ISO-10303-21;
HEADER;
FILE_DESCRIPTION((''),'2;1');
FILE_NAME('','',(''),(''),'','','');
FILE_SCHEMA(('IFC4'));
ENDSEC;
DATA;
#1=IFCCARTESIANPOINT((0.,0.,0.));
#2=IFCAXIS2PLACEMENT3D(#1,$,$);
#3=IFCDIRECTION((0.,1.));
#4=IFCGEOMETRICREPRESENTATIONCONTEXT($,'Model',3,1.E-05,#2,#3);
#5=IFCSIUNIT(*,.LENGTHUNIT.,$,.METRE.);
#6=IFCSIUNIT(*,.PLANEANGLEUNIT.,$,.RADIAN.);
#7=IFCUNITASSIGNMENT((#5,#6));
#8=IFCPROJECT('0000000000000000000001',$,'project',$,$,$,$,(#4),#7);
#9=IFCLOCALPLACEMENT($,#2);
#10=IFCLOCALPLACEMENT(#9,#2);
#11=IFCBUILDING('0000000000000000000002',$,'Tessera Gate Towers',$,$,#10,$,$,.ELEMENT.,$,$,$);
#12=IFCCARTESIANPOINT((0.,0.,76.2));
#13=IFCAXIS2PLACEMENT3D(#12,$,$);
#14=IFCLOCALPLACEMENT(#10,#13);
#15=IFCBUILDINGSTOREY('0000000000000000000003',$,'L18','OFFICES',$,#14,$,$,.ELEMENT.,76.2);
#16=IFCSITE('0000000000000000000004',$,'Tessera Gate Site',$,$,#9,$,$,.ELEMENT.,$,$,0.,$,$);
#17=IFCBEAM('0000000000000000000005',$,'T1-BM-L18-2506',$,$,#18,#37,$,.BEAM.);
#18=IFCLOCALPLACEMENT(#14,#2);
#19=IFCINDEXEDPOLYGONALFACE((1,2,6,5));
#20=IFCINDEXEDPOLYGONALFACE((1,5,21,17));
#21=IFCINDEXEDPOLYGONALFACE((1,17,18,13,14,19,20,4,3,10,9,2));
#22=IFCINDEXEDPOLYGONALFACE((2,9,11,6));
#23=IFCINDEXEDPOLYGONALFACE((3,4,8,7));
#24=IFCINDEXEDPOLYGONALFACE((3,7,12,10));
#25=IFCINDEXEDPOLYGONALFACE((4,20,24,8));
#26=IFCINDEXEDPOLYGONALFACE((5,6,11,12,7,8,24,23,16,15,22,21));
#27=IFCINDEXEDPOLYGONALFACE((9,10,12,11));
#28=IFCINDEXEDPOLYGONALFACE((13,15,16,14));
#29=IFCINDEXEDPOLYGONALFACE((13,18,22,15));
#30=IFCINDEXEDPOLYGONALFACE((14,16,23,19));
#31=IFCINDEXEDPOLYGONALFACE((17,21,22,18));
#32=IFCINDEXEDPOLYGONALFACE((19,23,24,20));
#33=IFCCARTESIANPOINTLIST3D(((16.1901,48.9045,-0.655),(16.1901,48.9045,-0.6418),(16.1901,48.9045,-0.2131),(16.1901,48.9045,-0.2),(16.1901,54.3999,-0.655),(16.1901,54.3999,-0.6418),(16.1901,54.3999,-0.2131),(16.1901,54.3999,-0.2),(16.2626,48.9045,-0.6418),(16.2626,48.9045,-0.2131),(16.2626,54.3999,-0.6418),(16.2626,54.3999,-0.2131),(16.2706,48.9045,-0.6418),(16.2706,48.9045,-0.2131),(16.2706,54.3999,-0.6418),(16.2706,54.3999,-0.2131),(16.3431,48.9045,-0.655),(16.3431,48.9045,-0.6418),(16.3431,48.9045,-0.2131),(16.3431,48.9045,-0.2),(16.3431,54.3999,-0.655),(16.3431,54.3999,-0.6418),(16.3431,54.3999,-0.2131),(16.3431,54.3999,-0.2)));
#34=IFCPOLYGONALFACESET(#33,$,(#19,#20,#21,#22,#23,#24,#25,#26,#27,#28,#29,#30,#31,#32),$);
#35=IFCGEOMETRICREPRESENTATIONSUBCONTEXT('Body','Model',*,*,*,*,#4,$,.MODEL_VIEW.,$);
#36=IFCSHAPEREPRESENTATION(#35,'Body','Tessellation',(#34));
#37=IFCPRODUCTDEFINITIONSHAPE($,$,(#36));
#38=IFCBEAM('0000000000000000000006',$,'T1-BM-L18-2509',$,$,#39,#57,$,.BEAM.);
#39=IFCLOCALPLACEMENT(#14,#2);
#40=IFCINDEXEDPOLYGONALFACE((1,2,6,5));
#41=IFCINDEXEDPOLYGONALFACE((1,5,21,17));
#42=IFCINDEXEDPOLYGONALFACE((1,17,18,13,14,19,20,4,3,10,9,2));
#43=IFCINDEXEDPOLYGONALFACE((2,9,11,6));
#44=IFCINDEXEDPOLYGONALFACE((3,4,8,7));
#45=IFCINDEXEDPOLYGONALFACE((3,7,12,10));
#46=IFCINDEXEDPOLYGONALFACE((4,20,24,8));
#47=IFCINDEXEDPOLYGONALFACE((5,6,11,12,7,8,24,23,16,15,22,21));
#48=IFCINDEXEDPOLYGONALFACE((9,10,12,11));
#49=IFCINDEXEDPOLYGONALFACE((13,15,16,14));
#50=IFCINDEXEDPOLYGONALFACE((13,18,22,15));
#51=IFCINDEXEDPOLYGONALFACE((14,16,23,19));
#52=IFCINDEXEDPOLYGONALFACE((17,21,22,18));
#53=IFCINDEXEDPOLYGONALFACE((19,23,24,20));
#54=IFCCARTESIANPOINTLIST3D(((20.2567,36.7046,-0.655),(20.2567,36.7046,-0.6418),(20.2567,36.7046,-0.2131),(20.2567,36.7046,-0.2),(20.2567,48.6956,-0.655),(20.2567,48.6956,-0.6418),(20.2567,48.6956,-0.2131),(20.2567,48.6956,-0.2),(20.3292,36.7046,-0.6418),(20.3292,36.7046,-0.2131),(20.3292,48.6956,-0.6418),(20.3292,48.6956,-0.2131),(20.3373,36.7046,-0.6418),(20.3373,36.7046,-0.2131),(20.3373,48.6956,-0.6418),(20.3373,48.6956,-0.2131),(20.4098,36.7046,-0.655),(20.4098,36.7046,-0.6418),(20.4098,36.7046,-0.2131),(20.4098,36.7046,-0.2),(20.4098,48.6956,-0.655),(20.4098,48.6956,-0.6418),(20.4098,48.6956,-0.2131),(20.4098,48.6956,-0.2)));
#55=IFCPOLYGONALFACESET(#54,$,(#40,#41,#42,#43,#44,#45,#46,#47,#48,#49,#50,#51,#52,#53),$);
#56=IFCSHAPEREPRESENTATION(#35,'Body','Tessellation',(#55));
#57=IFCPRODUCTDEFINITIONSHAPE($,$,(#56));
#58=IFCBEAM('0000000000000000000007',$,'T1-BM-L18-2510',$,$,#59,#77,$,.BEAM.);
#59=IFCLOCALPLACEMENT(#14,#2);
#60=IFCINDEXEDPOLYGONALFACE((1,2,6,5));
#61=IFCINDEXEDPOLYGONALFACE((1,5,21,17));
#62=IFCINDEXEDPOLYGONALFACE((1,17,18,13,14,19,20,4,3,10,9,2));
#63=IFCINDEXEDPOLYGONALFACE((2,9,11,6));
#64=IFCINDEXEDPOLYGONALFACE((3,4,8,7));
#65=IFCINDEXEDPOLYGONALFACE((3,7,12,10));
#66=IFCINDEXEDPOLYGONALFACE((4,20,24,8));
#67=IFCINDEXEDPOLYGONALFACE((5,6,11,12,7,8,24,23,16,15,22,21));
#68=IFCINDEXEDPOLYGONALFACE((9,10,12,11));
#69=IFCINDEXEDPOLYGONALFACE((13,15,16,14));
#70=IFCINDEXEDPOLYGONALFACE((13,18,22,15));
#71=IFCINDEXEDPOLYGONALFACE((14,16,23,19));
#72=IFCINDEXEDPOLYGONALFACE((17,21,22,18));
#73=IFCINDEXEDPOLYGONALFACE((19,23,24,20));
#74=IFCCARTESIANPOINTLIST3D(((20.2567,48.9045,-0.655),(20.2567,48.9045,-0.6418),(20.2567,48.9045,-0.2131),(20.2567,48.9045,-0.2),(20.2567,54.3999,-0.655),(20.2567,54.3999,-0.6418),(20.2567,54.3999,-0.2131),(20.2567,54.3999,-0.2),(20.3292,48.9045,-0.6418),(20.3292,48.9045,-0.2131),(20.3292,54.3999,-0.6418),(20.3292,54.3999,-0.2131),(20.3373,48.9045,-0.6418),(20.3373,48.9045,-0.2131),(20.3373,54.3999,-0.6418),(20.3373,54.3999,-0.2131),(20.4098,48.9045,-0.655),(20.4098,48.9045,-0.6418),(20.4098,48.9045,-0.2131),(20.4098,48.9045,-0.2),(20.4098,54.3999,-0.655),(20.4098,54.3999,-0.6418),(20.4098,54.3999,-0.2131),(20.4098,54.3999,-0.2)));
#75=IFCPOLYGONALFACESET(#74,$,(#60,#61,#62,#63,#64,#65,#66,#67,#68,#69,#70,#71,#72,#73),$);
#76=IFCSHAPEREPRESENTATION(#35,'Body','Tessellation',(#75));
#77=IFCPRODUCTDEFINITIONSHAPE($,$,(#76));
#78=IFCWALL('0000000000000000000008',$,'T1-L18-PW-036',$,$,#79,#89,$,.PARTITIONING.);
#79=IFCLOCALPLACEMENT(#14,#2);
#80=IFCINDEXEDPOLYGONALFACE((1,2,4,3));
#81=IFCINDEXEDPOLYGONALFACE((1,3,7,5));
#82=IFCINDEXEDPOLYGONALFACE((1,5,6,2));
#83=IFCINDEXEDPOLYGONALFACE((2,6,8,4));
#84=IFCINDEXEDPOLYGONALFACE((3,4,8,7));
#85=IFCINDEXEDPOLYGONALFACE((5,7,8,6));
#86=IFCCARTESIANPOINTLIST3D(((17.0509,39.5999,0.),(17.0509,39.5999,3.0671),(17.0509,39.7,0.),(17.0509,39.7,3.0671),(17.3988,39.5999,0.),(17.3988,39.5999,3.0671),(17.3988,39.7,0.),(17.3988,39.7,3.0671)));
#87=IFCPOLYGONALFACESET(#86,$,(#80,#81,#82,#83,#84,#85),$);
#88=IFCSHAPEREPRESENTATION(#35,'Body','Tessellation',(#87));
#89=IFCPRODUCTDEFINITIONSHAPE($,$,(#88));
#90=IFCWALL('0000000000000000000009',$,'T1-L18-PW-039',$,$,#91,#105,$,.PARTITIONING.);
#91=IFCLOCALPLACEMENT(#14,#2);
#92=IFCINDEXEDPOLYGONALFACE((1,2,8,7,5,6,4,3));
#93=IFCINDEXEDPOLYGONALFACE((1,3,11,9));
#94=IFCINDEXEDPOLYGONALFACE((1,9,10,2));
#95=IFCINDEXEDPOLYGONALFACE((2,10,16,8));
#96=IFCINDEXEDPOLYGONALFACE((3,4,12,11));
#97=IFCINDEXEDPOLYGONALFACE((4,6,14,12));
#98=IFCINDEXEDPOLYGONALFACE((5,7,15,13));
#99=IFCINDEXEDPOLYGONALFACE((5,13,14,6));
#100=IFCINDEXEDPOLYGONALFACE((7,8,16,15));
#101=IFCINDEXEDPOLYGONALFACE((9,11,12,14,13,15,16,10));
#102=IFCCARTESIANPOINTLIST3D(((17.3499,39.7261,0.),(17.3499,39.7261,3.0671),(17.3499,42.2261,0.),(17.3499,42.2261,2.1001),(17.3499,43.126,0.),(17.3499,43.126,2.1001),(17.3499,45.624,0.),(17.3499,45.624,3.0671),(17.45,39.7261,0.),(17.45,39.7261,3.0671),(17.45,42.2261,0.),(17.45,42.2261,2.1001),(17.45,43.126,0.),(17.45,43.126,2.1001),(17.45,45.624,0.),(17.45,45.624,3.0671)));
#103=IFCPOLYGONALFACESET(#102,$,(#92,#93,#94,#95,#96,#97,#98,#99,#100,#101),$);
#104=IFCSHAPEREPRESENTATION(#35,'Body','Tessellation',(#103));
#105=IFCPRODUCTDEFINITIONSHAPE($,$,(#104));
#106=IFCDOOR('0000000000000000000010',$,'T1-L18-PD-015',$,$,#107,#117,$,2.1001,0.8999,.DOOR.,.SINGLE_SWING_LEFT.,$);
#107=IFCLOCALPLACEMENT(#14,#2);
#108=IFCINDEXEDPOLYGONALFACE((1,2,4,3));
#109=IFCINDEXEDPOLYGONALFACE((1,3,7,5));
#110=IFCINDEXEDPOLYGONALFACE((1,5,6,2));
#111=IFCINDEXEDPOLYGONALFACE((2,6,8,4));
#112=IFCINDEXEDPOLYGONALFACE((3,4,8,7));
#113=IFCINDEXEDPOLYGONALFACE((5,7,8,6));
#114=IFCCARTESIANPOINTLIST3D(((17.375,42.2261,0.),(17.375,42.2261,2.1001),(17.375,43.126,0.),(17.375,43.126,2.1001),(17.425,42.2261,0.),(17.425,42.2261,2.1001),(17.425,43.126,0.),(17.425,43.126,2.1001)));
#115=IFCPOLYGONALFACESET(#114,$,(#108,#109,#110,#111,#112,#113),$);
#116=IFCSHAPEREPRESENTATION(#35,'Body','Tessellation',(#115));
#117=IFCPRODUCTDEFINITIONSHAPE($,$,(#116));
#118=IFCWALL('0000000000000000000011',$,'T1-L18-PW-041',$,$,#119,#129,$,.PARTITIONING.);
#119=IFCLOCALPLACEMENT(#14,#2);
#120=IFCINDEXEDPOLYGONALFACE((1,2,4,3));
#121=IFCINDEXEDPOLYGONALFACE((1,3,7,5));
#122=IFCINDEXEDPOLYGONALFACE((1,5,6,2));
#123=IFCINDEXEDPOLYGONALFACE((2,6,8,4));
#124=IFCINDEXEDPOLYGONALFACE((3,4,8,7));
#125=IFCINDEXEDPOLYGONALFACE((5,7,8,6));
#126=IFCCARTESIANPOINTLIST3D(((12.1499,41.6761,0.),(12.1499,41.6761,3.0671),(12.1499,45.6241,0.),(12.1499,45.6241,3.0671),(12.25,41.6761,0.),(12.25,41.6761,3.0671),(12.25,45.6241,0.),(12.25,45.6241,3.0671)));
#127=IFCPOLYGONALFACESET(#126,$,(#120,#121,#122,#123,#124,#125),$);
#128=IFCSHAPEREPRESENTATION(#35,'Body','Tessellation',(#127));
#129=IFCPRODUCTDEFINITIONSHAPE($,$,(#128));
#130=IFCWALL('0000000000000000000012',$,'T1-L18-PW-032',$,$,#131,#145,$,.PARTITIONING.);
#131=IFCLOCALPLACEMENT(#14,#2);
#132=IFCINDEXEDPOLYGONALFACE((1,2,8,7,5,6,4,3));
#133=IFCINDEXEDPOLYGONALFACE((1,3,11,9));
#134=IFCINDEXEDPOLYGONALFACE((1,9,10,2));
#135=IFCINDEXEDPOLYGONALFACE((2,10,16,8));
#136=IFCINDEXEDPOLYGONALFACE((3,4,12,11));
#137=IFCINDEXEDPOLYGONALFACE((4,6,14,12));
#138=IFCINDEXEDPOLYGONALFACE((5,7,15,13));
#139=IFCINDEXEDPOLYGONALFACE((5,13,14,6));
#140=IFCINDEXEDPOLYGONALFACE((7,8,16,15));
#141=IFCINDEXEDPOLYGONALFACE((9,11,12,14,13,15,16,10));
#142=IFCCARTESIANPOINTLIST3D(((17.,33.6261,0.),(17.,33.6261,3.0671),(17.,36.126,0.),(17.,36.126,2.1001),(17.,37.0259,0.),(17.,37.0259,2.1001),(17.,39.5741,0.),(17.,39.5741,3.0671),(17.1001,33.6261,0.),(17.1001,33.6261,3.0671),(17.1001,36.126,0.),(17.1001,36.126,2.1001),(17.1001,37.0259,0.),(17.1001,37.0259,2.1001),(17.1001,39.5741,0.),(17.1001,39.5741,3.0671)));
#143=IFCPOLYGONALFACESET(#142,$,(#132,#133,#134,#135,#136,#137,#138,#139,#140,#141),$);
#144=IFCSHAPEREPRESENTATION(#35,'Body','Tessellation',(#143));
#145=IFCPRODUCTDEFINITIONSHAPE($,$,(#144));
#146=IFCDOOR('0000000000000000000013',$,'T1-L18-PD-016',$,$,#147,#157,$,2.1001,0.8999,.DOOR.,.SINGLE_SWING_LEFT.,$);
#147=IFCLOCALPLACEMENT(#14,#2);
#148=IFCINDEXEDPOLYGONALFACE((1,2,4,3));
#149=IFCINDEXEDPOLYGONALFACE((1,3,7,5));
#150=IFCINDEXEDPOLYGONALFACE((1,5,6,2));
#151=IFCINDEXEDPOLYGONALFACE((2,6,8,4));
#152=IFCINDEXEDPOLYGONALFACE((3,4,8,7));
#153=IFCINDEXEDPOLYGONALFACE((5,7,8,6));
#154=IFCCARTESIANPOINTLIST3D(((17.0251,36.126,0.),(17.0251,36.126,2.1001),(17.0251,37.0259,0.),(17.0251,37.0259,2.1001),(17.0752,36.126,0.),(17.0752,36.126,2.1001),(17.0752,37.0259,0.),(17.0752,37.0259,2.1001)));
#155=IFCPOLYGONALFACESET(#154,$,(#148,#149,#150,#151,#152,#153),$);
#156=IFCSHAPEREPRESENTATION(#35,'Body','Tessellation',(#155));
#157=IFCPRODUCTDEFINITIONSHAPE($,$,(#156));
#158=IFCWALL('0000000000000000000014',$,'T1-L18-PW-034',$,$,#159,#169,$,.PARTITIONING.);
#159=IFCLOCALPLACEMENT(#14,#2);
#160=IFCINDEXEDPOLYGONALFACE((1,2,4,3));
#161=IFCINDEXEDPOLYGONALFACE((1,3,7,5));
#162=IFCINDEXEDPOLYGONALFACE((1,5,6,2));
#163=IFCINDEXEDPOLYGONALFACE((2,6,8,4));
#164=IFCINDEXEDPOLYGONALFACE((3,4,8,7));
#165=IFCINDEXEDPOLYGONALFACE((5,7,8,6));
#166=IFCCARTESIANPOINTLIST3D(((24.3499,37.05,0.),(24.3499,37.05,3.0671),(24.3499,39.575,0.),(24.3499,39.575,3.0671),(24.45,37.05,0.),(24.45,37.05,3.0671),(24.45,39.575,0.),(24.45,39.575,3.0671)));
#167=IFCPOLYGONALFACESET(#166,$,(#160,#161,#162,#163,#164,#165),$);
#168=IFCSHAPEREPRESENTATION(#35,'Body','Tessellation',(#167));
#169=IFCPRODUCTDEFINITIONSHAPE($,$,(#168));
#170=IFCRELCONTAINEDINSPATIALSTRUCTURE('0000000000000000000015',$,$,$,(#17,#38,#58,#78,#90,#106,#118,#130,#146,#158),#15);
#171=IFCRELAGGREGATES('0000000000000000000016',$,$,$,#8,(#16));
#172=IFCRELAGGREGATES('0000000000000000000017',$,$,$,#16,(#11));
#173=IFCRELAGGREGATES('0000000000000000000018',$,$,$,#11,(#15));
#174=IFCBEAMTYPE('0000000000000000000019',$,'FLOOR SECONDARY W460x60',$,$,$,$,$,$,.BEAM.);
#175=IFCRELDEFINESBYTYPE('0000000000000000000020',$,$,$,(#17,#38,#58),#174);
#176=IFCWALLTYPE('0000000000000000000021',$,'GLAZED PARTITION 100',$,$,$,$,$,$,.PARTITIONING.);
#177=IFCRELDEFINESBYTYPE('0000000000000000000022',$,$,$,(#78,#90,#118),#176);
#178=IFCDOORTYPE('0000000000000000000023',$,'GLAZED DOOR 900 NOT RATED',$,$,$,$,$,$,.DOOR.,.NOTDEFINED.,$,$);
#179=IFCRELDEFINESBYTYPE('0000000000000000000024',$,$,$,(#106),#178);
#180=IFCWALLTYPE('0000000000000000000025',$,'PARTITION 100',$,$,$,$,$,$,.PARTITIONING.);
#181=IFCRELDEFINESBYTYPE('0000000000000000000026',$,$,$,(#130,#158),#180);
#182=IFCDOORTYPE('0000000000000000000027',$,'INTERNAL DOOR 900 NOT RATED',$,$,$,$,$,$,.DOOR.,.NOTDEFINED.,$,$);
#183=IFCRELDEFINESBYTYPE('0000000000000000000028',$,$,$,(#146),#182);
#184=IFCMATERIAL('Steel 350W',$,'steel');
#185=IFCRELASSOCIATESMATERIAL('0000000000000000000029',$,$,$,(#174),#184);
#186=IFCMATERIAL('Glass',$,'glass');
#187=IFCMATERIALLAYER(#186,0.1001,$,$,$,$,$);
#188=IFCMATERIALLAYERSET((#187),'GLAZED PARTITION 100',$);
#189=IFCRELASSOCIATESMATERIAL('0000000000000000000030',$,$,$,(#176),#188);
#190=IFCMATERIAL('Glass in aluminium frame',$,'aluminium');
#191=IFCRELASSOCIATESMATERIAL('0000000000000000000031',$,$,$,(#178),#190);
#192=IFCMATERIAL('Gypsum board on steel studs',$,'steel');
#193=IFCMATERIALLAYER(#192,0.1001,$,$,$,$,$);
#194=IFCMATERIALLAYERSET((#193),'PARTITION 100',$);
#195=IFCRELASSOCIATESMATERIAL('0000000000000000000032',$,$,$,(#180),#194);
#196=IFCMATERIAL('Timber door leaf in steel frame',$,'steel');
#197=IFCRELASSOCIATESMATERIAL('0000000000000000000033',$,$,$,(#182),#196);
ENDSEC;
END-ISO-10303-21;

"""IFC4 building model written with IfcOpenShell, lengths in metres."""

from ifc_helpers import new_model, si_unit, direction, frame, frame_2d, origin, origin_2d, place, context, subcontext, project, spatial, rectangle, i_section, extrude, source, transform, mapped, material, layer, layer_set, material_profile, profile_set, type_object, element, fill, save


model = new_model("IFC4")

# Units and contexts
model_context = context("Model", 3, precision=1e-05, world=origin(), true_north=direction((0.0, 1.0)))
body_context = subcontext(model_context, "Body", "Model", "MODEL_VIEW")
ifc_project = project(units=[si_unit("LENGTHUNIT", "METRE"), si_unit("PLANEANGLEUNIT", "RADIAN")], contexts=[model_context])

# Site, building, storey
site_placement = place(None, origin())
site = spatial("IfcSite", under=ifc_project, at=site_placement, Name="Tessera Gate Site", CompositionType="ELEMENT", RefElevation=0.0)
building_placement = place(site_placement, origin())
building = spatial("IfcBuilding", under=site, at=building_placement, Name="Tessera Gate Towers", CompositionType="ELEMENT")
storey_placement = place(building_placement, frame((0.0, 0.0, 76.2)))
storey = spatial("IfcBuildingStorey", under=building, at=storey_placement, Name="L18", Description="OFFICES", CompositionType="ELEMENT", Elevation=76.2)

# Beams
ifc_material_1 = material(Name="Steel 350W", Category="steel")
ifc_material_profile_1 = material_profile(ifc_material_1, i_section(OverallWidth=0.1531, OverallDepth=0.4551, WebThickness=0.0081, FlangeThickness=0.0132, at=origin_2d()), Name="W460x60")
ifc_profile_set_1 = profile_set([ifc_material_profile_1], Name="Steel 350W")
beam_type_1 = type_object("IfcBeamType", Name="FLOOR SECONDARY W460x60", PredefinedType="BEAM", material=ifc_profile_set_1)
beam_1_placement = place(storey_placement, frame((16.2666, 48.9045, -0.4275), z_axis=(0.0, 1.0, 0.0), x_axis=(-1.0, 0.0, 0.0)))
element("IfcBeam", 1, at=beam_1_placement, inside=storey, type_object=beam_type_1, Name="T1-BM-L18-2506", PredefinedType="BEAM", context=body_context, shape_type="SweptSolid", body=[
    extrude(i_section(OverallWidth=0.1531, OverallDepth=0.4551, WebThickness=0.0081, FlangeThickness=0.0132, at=origin_2d()), origin(), (0.0, 0.0, 1.0), 5.4954),
])
beam_2_placement = place(storey_placement, frame((20.3333, 36.7046, -0.4275), z_axis=(0.0, 1.0, 0.0), x_axis=(-1.0, 0.0, 0.0)))
element("IfcBeam", 2, at=beam_2_placement, inside=storey, type_object=beam_type_1, Name="T1-BM-L18-2509", PredefinedType="BEAM", context=body_context, shape_type="SweptSolid", body=[
    extrude(i_section(OverallWidth=0.1531, OverallDepth=0.4551, WebThickness=0.0081, FlangeThickness=0.0132, at=origin_2d()), origin(), (0.0, 0.0, 1.0), 11.991),
])
beam_3_placement = place(storey_placement, frame((20.3333, 48.9045, -0.4275), z_axis=(0.0, 1.0, 0.0), x_axis=(-1.0, 0.0, 0.0)))
element("IfcBeam", 3, at=beam_3_placement, inside=storey, type_object=beam_type_1, Name="T1-BM-L18-2510", PredefinedType="BEAM", context=body_context, shape_type="SweptSolid", body=[
    extrude(i_section(OverallWidth=0.1531, OverallDepth=0.4551, WebThickness=0.0081, FlangeThickness=0.0132, at=origin_2d()), origin(), (0.0, 0.0, 1.0), 5.4954),
])

# Wall
ifc_material_2 = material(Name="Glass", Category="glass")
ifc_layer_1 = layer(ifc_material_2, 0.1001)
ifc_layer_set_1 = layer_set([ifc_layer_1], Name="GLAZED PARTITION 100")
wall_type_1 = type_object("IfcWallType", Name="GLAZED PARTITION 100", PredefinedType="PARTITIONING", material=ifc_layer_set_1)
wall_1_placement = place(storey_placement, frame((17.051, 39.6499, 0.0), z_axis=(0.0, 0.0, 1.0), x_axis=(1.0, 0.0, 0.0)))
element("IfcWall", 4, at=wall_1_placement, inside=storey, type_object=wall_type_1, Name="T1-L18-PW-036", PredefinedType="PARTITIONING", context=body_context, shape_type="SweptSolid", body=[
    extrude(rectangle(XDim=0.3479, YDim=0.1001, at=frame_2d((0.1738, 0.0))), origin(), (0.0, 0.0, 1.0), 3.0671),
])

# Wall, opening, door
wall_2_placement = place(storey_placement, frame((17.3999, 39.7261, 0.0), z_axis=(0.0, 0.0, 1.0), x_axis=(0.0, 1.0, 0.0)))
wall_2 = element("IfcWall", 5, at=wall_2_placement, inside=storey, type_object=wall_type_1, Name="T1-L18-PW-039", PredefinedType="PARTITIONING", context=body_context, shape_type="SweptSolid", body=[
    extrude(rectangle(XDim=5.8979, YDim=0.1001, at=frame_2d((2.949, 0.0))), origin(), (0.0, 0.0, 1.0), 3.0671),
])
shared_shape_1 = source(origin(), body_context, "Body", "SweptSolid", [
    extrude(rectangle(XDim=0.8999, YDim=2.1001, at=frame_2d((0.45, 1.05))), frame((0.0, 0.0601, 0.0), z_axis=(0.0, -1.0, 0.0), x_axis=(1.0, 0.0, 0.0)), (0.0, 0.0, 1.0), 0.1201),
])
opening_1_placement = place(wall_2_placement, frame((2.5, 0.0, 0.0)))
opening_1 = element("IfcOpeningElement", 6, at=opening_1_placement, cuts=wall_2, PredefinedType="OPENING", context=body_context, shape_type="MappedRepresentation", body=[
    mapped(shared_shape_1, transform((0.0, 0.0, 0.0), scale=1.0)),
])
ifc_material_3 = material(Name="Glass in aluminium frame", Category="aluminium")
door_type_1 = type_object("IfcDoorType", Name="GLAZED DOOR 900 NOT RATED", OperationType="NOTDEFINED", PredefinedType="DOOR", material=ifc_material_3)
shared_shape_2 = source(origin(), body_context, "Body", "SweptSolid", [
    extrude(rectangle(XDim=0.8999, YDim=2.1001, at=frame_2d((0.45, 1.05))), frame((0.0, 0.0249, 0.0), z_axis=(0.0, -1.0, 0.0), x_axis=(1.0, 0.0, 0.0)), (0.0, 0.0, 1.0), 0.05),
])
door_1_placement = place(opening_1_placement, origin())
door_1 = element("IfcDoor", 7, at=door_1_placement, inside=storey, type_object=door_type_1, Name="T1-L18-PD-015", OperationType="SINGLE_SWING_LEFT", OverallHeight=2.1001, OverallWidth=0.8999, PredefinedType="DOOR", context=body_context, shape_type="MappedRepresentation", body=[
    mapped(shared_shape_2, transform((0.0, 0.0, 0.0), scale=1.0)),
])
fill(opening_1, door_1)

# Wall
wall_3_placement = place(storey_placement, frame((12.2, 41.676, 0.0), z_axis=(0.0, 0.0, 1.0), x_axis=(0.0, 1.0, 0.0)))
element("IfcWall", 8, at=wall_3_placement, inside=storey, type_object=wall_type_1, Name="T1-L18-PW-041", PredefinedType="PARTITIONING", context=body_context, shape_type="SweptSolid", body=[
    extrude(rectangle(XDim=3.948, YDim=0.1001, at=frame_2d((1.9741, 0.0))), origin(), (0.0, 0.0, 1.0), 3.0671),
])

# Wall, opening, door
ifc_material_4 = material(Name="Gypsum board on steel studs", Category="steel")
ifc_layer_2 = layer(ifc_material_4, 0.1001)
ifc_layer_set_2 = layer_set([ifc_layer_2], Name="PARTITION 100")
wall_type_2 = type_object("IfcWallType", Name="PARTITION 100", PredefinedType="PARTITIONING", material=ifc_layer_set_2)
wall_4_placement = place(storey_placement, frame((17.05, 33.626, 0.0), z_axis=(0.0, 0.0, 1.0), x_axis=(0.0, 1.0, 0.0)))
wall_4 = element("IfcWall", 9, at=wall_4_placement, inside=storey, type_object=wall_type_2, Name="T1-L18-PW-032", PredefinedType="PARTITIONING", context=body_context, shape_type="SweptSolid", body=[
    extrude(rectangle(XDim=5.948, YDim=0.1001, at=frame_2d((2.9741, 0.0))), origin(), (0.0, 0.0, 1.0), 3.0671),
])
opening_2_placement = place(wall_4_placement, frame((2.5, 0.0, 0.0)))
opening_2 = element("IfcOpeningElement", 10, at=opening_2_placement, cuts=wall_4, PredefinedType="OPENING", context=body_context, shape_type="MappedRepresentation", body=[
    mapped(shared_shape_1, transform((0.0, 0.0, 0.0), scale=1.0)),
])
ifc_material_5 = material(Name="Timber door leaf in steel frame", Category="steel")
door_type_2 = type_object("IfcDoorType", Name="INTERNAL DOOR 900 NOT RATED", OperationType="NOTDEFINED", PredefinedType="DOOR", material=ifc_material_5)
door_2_placement = place(opening_2_placement, origin())
door_2 = element("IfcDoor", 11, at=door_2_placement, inside=storey, type_object=door_type_2, Name="T1-L18-PD-016", OperationType="SINGLE_SWING_LEFT", OverallHeight=2.1001, OverallWidth=0.8999, PredefinedType="DOOR", context=body_context, shape_type="MappedRepresentation", body=[
    mapped(shared_shape_2, transform((0.0, 0.0, 0.0), scale=1.0)),
])
fill(opening_2, door_2)

# Wall
wall_5_placement = place(storey_placement, frame((24.3999, 37.05, 0.0), z_axis=(0.0, 0.0, 1.0), x_axis=(0.0, 1.0, 0.0)))
element("IfcWall", 12, at=wall_5_placement, inside=storey, type_object=wall_type_2, Name="T1-L18-PW-034", PredefinedType="PARTITIONING", context=body_context, shape_type="SweptSolid", body=[
    extrude(rectangle(XDim=2.5249, YDim=0.1001, at=frame_2d((1.2625, 0.0))), origin(), (0.0, 0.0, 1.0), 3.0671),
])

save(model, "model.ifc")
